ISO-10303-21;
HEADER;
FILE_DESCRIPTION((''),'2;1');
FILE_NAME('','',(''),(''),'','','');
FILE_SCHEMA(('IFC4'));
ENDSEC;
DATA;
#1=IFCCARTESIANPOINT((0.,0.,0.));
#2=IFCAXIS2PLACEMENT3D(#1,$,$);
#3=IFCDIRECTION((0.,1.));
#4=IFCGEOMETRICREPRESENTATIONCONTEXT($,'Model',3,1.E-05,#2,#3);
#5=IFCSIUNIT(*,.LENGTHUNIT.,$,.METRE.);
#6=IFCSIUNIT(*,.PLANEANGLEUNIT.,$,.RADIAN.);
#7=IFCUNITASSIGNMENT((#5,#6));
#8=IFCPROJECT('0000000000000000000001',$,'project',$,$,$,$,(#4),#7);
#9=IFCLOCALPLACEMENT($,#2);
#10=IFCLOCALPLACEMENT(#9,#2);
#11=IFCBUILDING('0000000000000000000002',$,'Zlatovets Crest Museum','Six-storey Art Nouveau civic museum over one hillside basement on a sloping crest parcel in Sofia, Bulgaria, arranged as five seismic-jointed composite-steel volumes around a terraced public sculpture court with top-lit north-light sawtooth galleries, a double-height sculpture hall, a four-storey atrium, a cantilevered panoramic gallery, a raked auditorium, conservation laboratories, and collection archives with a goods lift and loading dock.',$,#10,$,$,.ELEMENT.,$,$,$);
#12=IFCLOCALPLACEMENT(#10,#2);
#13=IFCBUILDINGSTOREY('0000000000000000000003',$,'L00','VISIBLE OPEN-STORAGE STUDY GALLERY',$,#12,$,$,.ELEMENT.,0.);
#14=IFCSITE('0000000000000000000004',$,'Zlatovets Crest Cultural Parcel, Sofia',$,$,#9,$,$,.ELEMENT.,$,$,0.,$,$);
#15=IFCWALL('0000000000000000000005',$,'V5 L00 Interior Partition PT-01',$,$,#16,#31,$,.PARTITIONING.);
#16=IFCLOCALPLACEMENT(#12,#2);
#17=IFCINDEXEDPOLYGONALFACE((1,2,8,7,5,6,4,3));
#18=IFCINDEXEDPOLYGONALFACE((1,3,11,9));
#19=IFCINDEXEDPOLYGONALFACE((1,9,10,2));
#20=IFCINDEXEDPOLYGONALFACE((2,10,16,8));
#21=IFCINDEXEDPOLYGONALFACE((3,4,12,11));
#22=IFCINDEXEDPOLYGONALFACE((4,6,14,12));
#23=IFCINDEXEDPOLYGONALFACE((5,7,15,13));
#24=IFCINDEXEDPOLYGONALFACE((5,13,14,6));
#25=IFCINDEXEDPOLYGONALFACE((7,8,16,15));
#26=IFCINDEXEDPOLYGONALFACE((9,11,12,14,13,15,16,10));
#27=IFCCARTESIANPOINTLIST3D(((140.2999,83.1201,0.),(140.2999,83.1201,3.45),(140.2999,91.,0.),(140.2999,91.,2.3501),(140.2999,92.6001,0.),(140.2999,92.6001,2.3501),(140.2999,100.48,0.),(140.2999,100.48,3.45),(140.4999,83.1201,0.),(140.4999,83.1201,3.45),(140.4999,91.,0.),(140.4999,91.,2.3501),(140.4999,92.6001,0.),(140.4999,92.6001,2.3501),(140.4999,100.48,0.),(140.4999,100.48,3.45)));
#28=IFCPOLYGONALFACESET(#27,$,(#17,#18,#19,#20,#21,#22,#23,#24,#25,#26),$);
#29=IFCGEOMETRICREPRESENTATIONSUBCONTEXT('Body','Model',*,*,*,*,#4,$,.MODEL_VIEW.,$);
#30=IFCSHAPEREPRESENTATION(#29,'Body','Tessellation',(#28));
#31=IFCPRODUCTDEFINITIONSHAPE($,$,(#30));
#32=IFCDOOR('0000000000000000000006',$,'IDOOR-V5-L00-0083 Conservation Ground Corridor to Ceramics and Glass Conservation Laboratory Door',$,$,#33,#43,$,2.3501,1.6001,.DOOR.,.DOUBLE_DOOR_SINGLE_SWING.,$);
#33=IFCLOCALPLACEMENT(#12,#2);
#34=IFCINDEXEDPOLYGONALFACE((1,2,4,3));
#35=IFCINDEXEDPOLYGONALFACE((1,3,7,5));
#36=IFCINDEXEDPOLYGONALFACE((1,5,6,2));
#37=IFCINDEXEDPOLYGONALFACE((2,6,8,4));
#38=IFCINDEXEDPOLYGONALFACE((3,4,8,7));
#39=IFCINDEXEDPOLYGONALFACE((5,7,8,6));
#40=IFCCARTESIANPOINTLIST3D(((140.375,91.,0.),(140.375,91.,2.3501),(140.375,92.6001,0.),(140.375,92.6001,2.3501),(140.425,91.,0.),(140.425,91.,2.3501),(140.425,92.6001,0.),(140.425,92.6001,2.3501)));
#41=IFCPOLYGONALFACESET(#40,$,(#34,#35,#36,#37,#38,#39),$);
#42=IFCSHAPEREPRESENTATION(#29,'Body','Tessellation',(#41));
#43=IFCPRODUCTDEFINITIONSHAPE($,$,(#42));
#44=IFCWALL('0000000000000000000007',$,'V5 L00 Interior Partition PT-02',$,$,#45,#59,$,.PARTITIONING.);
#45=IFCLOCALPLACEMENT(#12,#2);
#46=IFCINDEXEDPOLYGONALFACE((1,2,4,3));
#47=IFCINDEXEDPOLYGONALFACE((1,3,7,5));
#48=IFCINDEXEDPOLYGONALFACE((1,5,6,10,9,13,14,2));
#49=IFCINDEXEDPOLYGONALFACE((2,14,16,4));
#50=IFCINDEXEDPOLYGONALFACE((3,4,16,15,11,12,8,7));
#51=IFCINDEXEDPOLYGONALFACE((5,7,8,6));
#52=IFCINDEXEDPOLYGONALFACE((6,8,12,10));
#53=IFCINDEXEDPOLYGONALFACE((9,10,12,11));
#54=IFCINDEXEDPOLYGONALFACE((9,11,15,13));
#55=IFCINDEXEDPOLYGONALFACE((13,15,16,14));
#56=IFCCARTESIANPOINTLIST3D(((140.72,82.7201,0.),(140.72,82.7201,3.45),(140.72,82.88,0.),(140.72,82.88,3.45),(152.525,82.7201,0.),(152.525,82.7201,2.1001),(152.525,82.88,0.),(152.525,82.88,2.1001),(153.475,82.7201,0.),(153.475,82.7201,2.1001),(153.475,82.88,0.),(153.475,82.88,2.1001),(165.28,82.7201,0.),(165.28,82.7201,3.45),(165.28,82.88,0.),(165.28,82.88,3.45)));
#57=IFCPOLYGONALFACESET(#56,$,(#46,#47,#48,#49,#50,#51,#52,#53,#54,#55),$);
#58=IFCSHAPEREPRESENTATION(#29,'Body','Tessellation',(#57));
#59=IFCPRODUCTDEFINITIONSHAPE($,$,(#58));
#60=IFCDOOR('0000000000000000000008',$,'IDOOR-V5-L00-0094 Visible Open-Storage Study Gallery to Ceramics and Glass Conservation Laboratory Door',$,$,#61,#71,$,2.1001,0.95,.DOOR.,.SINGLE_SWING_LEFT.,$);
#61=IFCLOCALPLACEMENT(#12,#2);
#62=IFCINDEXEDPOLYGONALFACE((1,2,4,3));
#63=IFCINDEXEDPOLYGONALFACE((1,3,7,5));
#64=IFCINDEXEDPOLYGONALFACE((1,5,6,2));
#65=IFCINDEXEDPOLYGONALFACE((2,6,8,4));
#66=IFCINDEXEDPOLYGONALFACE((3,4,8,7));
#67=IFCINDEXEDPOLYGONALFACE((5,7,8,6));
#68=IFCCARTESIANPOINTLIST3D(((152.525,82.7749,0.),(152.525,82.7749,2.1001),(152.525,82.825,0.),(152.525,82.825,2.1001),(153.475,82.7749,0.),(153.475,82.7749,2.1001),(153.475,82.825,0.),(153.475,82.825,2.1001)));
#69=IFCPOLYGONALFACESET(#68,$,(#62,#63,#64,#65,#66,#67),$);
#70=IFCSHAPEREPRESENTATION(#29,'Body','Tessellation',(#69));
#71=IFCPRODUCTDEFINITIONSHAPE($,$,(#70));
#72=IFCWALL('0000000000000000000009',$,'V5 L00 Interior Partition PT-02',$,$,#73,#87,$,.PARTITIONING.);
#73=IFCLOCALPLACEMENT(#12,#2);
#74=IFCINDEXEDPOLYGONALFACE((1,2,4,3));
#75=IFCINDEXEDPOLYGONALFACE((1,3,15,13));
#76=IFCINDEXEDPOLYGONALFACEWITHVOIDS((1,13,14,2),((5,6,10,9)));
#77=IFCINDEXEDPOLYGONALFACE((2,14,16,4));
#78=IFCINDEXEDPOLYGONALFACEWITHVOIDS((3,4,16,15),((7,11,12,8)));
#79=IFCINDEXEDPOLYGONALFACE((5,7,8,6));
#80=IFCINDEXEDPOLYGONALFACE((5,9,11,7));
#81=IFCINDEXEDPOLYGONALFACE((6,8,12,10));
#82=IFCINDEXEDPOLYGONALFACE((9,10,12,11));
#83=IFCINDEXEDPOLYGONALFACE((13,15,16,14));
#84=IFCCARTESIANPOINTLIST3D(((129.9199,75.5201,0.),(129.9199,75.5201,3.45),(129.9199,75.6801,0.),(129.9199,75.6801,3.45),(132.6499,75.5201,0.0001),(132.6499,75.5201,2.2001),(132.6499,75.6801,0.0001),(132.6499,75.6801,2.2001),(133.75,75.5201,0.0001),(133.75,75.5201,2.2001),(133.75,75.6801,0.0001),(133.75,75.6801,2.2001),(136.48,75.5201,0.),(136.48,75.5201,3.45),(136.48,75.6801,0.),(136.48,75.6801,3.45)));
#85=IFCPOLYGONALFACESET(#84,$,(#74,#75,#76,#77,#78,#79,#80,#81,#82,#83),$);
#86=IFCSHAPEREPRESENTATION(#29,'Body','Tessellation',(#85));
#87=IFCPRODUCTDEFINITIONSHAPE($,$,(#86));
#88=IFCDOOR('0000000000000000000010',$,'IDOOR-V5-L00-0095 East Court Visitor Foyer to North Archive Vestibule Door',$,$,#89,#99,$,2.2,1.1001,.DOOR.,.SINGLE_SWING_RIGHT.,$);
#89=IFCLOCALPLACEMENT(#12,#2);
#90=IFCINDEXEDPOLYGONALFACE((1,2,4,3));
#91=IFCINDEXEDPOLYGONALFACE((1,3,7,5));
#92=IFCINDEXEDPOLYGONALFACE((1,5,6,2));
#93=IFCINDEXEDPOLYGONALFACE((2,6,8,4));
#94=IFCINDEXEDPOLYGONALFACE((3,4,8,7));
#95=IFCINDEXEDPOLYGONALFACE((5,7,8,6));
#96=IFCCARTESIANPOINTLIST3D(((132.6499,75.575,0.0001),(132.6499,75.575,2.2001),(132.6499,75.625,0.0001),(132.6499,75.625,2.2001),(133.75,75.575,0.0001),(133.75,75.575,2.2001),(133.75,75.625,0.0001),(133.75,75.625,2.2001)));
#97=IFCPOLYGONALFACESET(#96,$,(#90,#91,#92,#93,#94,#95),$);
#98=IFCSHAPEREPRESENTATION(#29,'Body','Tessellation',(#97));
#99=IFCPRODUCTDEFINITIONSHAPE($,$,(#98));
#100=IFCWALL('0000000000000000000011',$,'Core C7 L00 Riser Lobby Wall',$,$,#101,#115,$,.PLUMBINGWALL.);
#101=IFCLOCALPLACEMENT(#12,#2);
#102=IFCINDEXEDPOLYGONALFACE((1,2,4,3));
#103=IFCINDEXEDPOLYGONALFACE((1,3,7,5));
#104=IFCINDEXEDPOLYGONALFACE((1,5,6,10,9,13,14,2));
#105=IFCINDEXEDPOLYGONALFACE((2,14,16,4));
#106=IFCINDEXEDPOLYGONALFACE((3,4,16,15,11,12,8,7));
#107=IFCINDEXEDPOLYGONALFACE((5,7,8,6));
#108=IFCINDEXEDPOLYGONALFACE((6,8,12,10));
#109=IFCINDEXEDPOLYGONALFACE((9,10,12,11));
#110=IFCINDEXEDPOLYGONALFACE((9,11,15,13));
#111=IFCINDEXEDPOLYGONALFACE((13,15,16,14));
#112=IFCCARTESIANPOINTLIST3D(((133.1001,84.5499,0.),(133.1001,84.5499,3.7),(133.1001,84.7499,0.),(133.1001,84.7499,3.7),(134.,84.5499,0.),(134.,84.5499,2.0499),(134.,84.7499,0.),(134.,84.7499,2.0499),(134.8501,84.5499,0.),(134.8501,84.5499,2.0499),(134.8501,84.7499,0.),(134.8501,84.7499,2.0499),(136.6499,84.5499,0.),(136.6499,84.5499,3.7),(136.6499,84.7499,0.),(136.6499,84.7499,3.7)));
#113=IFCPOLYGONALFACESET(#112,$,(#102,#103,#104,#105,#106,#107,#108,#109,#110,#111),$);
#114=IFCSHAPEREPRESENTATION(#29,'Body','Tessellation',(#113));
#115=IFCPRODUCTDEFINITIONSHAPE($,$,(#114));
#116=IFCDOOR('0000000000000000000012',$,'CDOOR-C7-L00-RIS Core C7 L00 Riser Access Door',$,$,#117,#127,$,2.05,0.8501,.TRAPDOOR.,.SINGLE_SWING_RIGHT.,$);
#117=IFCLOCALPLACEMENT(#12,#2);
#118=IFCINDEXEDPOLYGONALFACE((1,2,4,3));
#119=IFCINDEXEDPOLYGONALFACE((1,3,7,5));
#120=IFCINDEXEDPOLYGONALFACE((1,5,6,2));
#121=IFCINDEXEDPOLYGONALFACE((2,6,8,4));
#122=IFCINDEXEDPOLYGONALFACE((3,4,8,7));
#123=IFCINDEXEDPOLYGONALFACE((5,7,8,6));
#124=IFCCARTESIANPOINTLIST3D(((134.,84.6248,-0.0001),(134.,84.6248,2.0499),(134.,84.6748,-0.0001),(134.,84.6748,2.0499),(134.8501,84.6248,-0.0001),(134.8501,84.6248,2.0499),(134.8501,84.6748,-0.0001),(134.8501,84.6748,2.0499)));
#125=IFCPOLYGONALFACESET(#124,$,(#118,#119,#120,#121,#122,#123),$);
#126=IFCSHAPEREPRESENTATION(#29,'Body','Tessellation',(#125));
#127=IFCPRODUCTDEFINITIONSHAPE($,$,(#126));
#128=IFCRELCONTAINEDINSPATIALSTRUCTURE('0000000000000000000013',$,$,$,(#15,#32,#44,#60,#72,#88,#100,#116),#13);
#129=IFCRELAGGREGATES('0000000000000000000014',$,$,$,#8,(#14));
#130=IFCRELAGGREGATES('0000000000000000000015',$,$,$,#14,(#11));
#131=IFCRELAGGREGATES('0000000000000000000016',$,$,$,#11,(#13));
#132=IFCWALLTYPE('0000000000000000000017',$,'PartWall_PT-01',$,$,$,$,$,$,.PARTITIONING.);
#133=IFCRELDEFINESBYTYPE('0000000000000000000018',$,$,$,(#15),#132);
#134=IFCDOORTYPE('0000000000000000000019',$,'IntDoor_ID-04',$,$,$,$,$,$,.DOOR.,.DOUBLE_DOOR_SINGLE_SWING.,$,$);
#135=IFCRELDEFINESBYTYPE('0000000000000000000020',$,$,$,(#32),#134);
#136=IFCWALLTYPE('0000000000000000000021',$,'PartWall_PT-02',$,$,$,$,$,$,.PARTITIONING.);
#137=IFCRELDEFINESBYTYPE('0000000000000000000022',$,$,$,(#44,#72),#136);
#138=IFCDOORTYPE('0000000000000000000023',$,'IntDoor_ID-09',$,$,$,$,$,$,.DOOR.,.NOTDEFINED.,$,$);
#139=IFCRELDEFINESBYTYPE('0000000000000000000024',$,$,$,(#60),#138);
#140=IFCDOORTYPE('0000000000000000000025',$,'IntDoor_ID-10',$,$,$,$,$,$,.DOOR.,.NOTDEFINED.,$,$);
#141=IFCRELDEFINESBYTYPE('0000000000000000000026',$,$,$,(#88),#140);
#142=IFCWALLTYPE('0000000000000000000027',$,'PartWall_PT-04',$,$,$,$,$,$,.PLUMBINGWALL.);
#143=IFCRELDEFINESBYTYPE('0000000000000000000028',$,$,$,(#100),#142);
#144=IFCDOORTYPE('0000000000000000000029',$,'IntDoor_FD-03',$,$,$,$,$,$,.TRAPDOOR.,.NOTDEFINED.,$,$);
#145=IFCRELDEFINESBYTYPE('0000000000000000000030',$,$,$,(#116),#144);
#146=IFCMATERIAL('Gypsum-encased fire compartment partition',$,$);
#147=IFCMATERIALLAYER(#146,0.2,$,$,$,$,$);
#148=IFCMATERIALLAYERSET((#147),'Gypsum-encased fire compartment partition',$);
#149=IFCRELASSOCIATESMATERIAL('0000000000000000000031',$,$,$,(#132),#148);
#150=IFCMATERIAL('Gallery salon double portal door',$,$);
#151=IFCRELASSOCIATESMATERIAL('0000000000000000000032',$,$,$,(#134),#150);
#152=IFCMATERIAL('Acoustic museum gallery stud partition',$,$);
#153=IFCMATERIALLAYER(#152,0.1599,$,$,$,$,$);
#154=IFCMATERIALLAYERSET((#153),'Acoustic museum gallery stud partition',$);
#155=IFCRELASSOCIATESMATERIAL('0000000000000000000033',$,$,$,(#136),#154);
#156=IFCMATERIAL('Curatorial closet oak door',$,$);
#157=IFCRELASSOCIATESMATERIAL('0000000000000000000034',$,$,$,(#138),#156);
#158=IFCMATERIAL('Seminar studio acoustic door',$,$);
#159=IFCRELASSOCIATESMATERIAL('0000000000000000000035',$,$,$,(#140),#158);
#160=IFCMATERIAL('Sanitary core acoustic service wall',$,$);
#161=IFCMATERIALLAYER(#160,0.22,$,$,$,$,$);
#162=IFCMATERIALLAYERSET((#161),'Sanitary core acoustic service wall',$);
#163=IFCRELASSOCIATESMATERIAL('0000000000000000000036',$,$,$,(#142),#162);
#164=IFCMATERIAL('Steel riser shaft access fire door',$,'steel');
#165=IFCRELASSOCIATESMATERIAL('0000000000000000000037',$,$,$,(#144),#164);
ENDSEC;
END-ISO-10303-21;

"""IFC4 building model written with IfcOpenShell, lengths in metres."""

from ifc_helpers import new_model, si_unit, direction, frame, frame_2d, origin, place, context, subcontext, project, spatial, rectangle, extrude, material, layer, layer_set, type_object, element, fill, save


model = new_model("IFC4")

# Units and contexts
model_context = context("Model", 3, precision=1e-05, world=origin(), true_north=direction((0.0, 1.0)))
body_context = subcontext(model_context, "Body", "Model", "MODEL_VIEW")
ifc_project = project(units=[si_unit("LENGTHUNIT", "METRE"), si_unit("PLANEANGLEUNIT", "RADIAN")], contexts=[model_context])

# Site, building, storey
site_placement = place(None, origin())
site = spatial("IfcSite", under=ifc_project, at=site_placement, Name="Zlatovets Crest Cultural Parcel, Sofia", CompositionType="ELEMENT", RefElevation=0.0)
building_placement = place(site_placement, origin())
building = spatial("IfcBuilding", under=site, at=building_placement, Name="Zlatovets Crest Museum", Description="Six-storey Art Nouveau civic museum over one hillside basement on a sloping crest parcel in Sofia, Bulgaria, arranged as five seismic-jointed composite-steel volumes around a terraced public sculpture court with top-lit north-light sawtooth galleries, a double-height sculpture hall, a four-storey atrium, a cantilevered panoramic gallery, a raked auditorium, conservation laboratories, and collection archives with a goods lift and loading dock.", CompositionType="ELEMENT")
storey_placement = place(building_placement, origin())
storey = spatial("IfcBuildingStorey", under=building, at=storey_placement, Name="L00", Description="VISIBLE OPEN-STORAGE STUDY GALLERY", CompositionType="ELEMENT", Elevation=0.0)

# Walls, openings, doors
ifc_material_1 = material(Name="Gypsum-encased fire compartment partition")
ifc_layer_1 = layer(ifc_material_1, 0.2)
ifc_layer_set_1 = layer_set([ifc_layer_1], Name="Gypsum-encased fire compartment partition")
wall_type_1 = type_object("IfcWallType", Name="PartWall_PT-01", PredefinedType="PARTITIONING", material=ifc_layer_set_1)
wall_1_placement = place(storey_placement, frame((140.3999, 83.1201, 0.0), z_axis=(0.0, 0.0, 1.0), x_axis=(0.0, 1.0, 0.0)))
wall_1 = element("IfcWall", 1, at=wall_1_placement, inside=storey, type_object=wall_type_1, Name="V5 L00 Interior Partition PT-01", PredefinedType="PARTITIONING", context=body_context, shape_type="SweptSolid", body=[
    extrude(rectangle(XDim=17.3599, YDim=0.2, at=frame_2d((8.6799, 0.0))), origin(), (0.0, 0.0, 1.0), 3.45),
])
opening_1_placement = place(wall_1_placement, frame((7.8799, 0.0, 0.0)))
opening_1 = element("IfcOpeningElement", 2, at=opening_1_placement, cuts=wall_1, PredefinedType="OPENING", context=body_context, shape_type="SweptSolid", body=[
    extrude(rectangle(XDim=1.6001, YDim=2.3501, at=frame_2d((0.8, 1.175))), frame((0.0, 0.1099, 0.0), z_axis=(0.0, -1.0, 0.0), x_axis=(1.0, 0.0, 0.0)), (0.0, 0.0, 1.0), 0.22),
])
ifc_material_2 = material(Name="Gallery salon double portal door")
door_type_1 = type_object("IfcDoorType", Name="IntDoor_ID-04", OperationType="DOUBLE_DOOR_SINGLE_SWING", PredefinedType="DOOR", material=ifc_material_2)
door_1_placement = place(opening_1_placement, origin())
door_1 = element("IfcDoor", 3, at=door_1_placement, inside=storey, type_object=door_type_1, Name="IDOOR-V5-L00-0083 Conservation Ground Corridor to Ceramics and Glass Conservation Laboratory Door", OperationType="DOUBLE_DOOR_SINGLE_SWING", OverallHeight=2.3501, OverallWidth=1.6001, PredefinedType="DOOR", context=body_context, shape_type="SweptSolid", body=[
    extrude(rectangle(XDim=1.6001, YDim=2.3501, at=frame_2d((0.8, 1.175))), frame((0.0, 0.0249, 0.0), z_axis=(0.0, -1.0, 0.0), x_axis=(1.0, 0.0, 0.0)), (0.0, 0.0, 1.0), 0.05),
])
fill(opening_1, door_1)
ifc_material_3 = material(Name="Acoustic museum gallery stud partition")
ifc_layer_2 = layer(ifc_material_3, 0.1599)
ifc_layer_set_2 = layer_set([ifc_layer_2], Name="Acoustic museum gallery stud partition")
wall_type_2 = type_object("IfcWallType", Name="PartWall_PT-02", PredefinedType="PARTITIONING", material=ifc_layer_set_2)
wall_2_placement = place(storey_placement, frame((140.72, 82.8, 0.0), z_axis=(0.0, 0.0, 1.0), x_axis=(1.0, 0.0, 0.0)))
wall_2 = element("IfcWall", 4, at=wall_2_placement, inside=storey, type_object=wall_type_2, Name="V5 L00 Interior Partition PT-02", PredefinedType="PARTITIONING", context=body_context, shape_type="SweptSolid", body=[
    extrude(rectangle(XDim=24.5601, YDim=0.1599, at=frame_2d((12.28, 0.0))), origin(), (0.0, 0.0, 1.0), 3.45),
])
opening_2_placement = place(wall_2_placement, frame((11.8049, 0.0, 0.0)))
opening_2 = element("IfcOpeningElement", 5, at=opening_2_placement, cuts=wall_2, PredefinedType="OPENING", context=body_context, shape_type="SweptSolid", body=[
    extrude(rectangle(XDim=0.95, YDim=2.1001, at=frame_2d((0.4751, 1.05))), frame((0.0, 0.0898, 0.0), z_axis=(0.0, -1.0, 0.0), x_axis=(1.0, 0.0, 0.0)), (0.0, 0.0, 1.0), 0.1799),
])
ifc_material_4 = material(Name="Curatorial closet oak door")
door_type_2 = type_object("IfcDoorType", Name="IntDoor_ID-09", OperationType="NOTDEFINED", PredefinedType="DOOR", material=ifc_material_4)
door_2_placement = place(opening_2_placement, origin())
door_2 = element("IfcDoor", 6, at=door_2_placement, inside=storey, type_object=door_type_2, Name="IDOOR-V5-L00-0094 Visible Open-Storage Study Gallery to Ceramics and Glass Conservation Laboratory Door", OperationType="SINGLE_SWING_LEFT", OverallHeight=2.1001, OverallWidth=0.95, PredefinedType="DOOR", context=body_context, shape_type="SweptSolid", body=[
    extrude(rectangle(XDim=0.95, YDim=2.1001, at=frame_2d((0.4751, 1.05))), frame((0.0, 0.0249, 0.0), z_axis=(0.0, -1.0, 0.0), x_axis=(1.0, 0.0, 0.0)), (0.0, 0.0, 1.0), 0.05),
])
fill(opening_2, door_2)
wall_3_placement = place(storey_placement, frame((129.9199, 75.6001, 0.0), z_axis=(0.0, 0.0, 1.0), x_axis=(1.0, 0.0, 0.0)))
wall_3 = element("IfcWall", 7, at=wall_3_placement, inside=storey, type_object=wall_type_2, Name="V5 L00 Interior Partition PT-02", PredefinedType="PARTITIONING", context=body_context, shape_type="SweptSolid", body=[
    extrude(rectangle(XDim=6.5601, YDim=0.1599, at=frame_2d((3.28, 0.0))), origin(), (0.0, 0.0, 1.0), 3.45),
])
opening_3_placement = place(wall_3_placement, frame((2.73, 0.0, 0.0)))
opening_3 = element("IfcOpeningElement", 8, at=opening_3_placement, cuts=wall_3, PredefinedType="OPENING", context=body_context, shape_type="SweptSolid", body=[
    extrude(rectangle(XDim=1.1001, YDim=2.2, at=frame_2d((0.55, 1.1001))), frame((0.0, 0.0898, 0.0), z_axis=(0.0, -1.0, 0.0), x_axis=(1.0, 0.0, 0.0)), (0.0, 0.0, 1.0), 0.1799),
])
ifc_material_5 = material(Name="Seminar studio acoustic door")
door_type_3 = type_object("IfcDoorType", Name="IntDoor_ID-10", OperationType="NOTDEFINED", PredefinedType="DOOR", material=ifc_material_5)
door_3_placement = place(opening_3_placement, origin())
door_3 = element("IfcDoor", 9, at=door_3_placement, inside=storey, type_object=door_type_3, Name="IDOOR-V5-L00-0095 East Court Visitor Foyer to North Archive Vestibule Door", OperationType="SINGLE_SWING_RIGHT", OverallHeight=2.2, OverallWidth=1.1001, PredefinedType="DOOR", context=body_context, shape_type="SweptSolid", body=[
    extrude(rectangle(XDim=1.1001, YDim=2.2, at=frame_2d((0.55, 1.1001))), frame((0.0, 0.0249, 0.0), z_axis=(0.0, -1.0, 0.0), x_axis=(1.0, 0.0, 0.0)), (0.0, 0.0, 1.0), 0.05),
])
fill(opening_3, door_3)
ifc_material_6 = material(Name="Sanitary core acoustic service wall")
ifc_layer_3 = layer(ifc_material_6, 0.22)
ifc_layer_set_3 = layer_set([ifc_layer_3], Name="Sanitary core acoustic service wall")
wall_type_3 = type_object("IfcWallType", Name="PartWall_PT-04", PredefinedType="PLUMBINGWALL", material=ifc_layer_set_3)
wall_4_placement = place(storey_placement, frame((133.1001, 84.6499, 0.0), z_axis=(0.0, 0.0, 1.0), x_axis=(1.0, 0.0, 0.0)))
wall_4 = element("IfcWall", 10, at=wall_4_placement, inside=storey, type_object=wall_type_3, Name="Core C7 L00 Riser Lobby Wall", PredefinedType="PLUMBINGWALL", context=body_context, shape_type="SweptSolid", body=[
    extrude(rectangle(XDim=3.5498, YDim=0.2, at=frame_2d((1.7749, 0.0))), origin(), (0.0, 0.0, 1.0), 3.7),
])
opening_4_placement = place(wall_4_placement, frame((0.8999, 0.0, 0.0)))
opening_4 = element("IfcOpeningElement", 11, at=opening_4_placement, cuts=wall_4, PredefinedType="OPENING", context=body_context, shape_type="SweptSolid", body=[
    extrude(rectangle(XDim=0.8501, YDim=2.05, at=frame_2d((0.425, 1.0249))), frame((0.0, 0.1099, 0.0), z_axis=(0.0, -1.0, 0.0), x_axis=(1.0, 0.0, 0.0)), (0.0, 0.0, 1.0), 0.22),
])
ifc_material_7 = material(Name="Steel riser shaft access fire door", Category="steel")
door_type_4 = type_object("IfcDoorType", Name="IntDoor_FD-03", OperationType="NOTDEFINED", PredefinedType="TRAPDOOR", material=ifc_material_7)
door_4_placement = place(opening_4_placement, origin())
door_4 = element("IfcDoor", 12, at=door_4_placement, inside=storey, type_object=door_type_4, Name="CDOOR-C7-L00-RIS Core C7 L00 Riser Access Door", OperationType="SINGLE_SWING_RIGHT", OverallHeight=2.05, OverallWidth=0.8501, PredefinedType="TRAPDOOR", context=body_context, shape_type="SweptSolid", body=[
    extrude(rectangle(XDim=0.8501, YDim=2.05, at=frame_2d((0.425, 1.0249))), frame((0.0, 0.0249, 0.0), z_axis=(0.0, -1.0, 0.0), x_axis=(1.0, 0.0, 0.0)), (0.0, 0.0, 1.0), 0.05),
])
fill(opening_4, door_4)

save(model, "model.ifc")
